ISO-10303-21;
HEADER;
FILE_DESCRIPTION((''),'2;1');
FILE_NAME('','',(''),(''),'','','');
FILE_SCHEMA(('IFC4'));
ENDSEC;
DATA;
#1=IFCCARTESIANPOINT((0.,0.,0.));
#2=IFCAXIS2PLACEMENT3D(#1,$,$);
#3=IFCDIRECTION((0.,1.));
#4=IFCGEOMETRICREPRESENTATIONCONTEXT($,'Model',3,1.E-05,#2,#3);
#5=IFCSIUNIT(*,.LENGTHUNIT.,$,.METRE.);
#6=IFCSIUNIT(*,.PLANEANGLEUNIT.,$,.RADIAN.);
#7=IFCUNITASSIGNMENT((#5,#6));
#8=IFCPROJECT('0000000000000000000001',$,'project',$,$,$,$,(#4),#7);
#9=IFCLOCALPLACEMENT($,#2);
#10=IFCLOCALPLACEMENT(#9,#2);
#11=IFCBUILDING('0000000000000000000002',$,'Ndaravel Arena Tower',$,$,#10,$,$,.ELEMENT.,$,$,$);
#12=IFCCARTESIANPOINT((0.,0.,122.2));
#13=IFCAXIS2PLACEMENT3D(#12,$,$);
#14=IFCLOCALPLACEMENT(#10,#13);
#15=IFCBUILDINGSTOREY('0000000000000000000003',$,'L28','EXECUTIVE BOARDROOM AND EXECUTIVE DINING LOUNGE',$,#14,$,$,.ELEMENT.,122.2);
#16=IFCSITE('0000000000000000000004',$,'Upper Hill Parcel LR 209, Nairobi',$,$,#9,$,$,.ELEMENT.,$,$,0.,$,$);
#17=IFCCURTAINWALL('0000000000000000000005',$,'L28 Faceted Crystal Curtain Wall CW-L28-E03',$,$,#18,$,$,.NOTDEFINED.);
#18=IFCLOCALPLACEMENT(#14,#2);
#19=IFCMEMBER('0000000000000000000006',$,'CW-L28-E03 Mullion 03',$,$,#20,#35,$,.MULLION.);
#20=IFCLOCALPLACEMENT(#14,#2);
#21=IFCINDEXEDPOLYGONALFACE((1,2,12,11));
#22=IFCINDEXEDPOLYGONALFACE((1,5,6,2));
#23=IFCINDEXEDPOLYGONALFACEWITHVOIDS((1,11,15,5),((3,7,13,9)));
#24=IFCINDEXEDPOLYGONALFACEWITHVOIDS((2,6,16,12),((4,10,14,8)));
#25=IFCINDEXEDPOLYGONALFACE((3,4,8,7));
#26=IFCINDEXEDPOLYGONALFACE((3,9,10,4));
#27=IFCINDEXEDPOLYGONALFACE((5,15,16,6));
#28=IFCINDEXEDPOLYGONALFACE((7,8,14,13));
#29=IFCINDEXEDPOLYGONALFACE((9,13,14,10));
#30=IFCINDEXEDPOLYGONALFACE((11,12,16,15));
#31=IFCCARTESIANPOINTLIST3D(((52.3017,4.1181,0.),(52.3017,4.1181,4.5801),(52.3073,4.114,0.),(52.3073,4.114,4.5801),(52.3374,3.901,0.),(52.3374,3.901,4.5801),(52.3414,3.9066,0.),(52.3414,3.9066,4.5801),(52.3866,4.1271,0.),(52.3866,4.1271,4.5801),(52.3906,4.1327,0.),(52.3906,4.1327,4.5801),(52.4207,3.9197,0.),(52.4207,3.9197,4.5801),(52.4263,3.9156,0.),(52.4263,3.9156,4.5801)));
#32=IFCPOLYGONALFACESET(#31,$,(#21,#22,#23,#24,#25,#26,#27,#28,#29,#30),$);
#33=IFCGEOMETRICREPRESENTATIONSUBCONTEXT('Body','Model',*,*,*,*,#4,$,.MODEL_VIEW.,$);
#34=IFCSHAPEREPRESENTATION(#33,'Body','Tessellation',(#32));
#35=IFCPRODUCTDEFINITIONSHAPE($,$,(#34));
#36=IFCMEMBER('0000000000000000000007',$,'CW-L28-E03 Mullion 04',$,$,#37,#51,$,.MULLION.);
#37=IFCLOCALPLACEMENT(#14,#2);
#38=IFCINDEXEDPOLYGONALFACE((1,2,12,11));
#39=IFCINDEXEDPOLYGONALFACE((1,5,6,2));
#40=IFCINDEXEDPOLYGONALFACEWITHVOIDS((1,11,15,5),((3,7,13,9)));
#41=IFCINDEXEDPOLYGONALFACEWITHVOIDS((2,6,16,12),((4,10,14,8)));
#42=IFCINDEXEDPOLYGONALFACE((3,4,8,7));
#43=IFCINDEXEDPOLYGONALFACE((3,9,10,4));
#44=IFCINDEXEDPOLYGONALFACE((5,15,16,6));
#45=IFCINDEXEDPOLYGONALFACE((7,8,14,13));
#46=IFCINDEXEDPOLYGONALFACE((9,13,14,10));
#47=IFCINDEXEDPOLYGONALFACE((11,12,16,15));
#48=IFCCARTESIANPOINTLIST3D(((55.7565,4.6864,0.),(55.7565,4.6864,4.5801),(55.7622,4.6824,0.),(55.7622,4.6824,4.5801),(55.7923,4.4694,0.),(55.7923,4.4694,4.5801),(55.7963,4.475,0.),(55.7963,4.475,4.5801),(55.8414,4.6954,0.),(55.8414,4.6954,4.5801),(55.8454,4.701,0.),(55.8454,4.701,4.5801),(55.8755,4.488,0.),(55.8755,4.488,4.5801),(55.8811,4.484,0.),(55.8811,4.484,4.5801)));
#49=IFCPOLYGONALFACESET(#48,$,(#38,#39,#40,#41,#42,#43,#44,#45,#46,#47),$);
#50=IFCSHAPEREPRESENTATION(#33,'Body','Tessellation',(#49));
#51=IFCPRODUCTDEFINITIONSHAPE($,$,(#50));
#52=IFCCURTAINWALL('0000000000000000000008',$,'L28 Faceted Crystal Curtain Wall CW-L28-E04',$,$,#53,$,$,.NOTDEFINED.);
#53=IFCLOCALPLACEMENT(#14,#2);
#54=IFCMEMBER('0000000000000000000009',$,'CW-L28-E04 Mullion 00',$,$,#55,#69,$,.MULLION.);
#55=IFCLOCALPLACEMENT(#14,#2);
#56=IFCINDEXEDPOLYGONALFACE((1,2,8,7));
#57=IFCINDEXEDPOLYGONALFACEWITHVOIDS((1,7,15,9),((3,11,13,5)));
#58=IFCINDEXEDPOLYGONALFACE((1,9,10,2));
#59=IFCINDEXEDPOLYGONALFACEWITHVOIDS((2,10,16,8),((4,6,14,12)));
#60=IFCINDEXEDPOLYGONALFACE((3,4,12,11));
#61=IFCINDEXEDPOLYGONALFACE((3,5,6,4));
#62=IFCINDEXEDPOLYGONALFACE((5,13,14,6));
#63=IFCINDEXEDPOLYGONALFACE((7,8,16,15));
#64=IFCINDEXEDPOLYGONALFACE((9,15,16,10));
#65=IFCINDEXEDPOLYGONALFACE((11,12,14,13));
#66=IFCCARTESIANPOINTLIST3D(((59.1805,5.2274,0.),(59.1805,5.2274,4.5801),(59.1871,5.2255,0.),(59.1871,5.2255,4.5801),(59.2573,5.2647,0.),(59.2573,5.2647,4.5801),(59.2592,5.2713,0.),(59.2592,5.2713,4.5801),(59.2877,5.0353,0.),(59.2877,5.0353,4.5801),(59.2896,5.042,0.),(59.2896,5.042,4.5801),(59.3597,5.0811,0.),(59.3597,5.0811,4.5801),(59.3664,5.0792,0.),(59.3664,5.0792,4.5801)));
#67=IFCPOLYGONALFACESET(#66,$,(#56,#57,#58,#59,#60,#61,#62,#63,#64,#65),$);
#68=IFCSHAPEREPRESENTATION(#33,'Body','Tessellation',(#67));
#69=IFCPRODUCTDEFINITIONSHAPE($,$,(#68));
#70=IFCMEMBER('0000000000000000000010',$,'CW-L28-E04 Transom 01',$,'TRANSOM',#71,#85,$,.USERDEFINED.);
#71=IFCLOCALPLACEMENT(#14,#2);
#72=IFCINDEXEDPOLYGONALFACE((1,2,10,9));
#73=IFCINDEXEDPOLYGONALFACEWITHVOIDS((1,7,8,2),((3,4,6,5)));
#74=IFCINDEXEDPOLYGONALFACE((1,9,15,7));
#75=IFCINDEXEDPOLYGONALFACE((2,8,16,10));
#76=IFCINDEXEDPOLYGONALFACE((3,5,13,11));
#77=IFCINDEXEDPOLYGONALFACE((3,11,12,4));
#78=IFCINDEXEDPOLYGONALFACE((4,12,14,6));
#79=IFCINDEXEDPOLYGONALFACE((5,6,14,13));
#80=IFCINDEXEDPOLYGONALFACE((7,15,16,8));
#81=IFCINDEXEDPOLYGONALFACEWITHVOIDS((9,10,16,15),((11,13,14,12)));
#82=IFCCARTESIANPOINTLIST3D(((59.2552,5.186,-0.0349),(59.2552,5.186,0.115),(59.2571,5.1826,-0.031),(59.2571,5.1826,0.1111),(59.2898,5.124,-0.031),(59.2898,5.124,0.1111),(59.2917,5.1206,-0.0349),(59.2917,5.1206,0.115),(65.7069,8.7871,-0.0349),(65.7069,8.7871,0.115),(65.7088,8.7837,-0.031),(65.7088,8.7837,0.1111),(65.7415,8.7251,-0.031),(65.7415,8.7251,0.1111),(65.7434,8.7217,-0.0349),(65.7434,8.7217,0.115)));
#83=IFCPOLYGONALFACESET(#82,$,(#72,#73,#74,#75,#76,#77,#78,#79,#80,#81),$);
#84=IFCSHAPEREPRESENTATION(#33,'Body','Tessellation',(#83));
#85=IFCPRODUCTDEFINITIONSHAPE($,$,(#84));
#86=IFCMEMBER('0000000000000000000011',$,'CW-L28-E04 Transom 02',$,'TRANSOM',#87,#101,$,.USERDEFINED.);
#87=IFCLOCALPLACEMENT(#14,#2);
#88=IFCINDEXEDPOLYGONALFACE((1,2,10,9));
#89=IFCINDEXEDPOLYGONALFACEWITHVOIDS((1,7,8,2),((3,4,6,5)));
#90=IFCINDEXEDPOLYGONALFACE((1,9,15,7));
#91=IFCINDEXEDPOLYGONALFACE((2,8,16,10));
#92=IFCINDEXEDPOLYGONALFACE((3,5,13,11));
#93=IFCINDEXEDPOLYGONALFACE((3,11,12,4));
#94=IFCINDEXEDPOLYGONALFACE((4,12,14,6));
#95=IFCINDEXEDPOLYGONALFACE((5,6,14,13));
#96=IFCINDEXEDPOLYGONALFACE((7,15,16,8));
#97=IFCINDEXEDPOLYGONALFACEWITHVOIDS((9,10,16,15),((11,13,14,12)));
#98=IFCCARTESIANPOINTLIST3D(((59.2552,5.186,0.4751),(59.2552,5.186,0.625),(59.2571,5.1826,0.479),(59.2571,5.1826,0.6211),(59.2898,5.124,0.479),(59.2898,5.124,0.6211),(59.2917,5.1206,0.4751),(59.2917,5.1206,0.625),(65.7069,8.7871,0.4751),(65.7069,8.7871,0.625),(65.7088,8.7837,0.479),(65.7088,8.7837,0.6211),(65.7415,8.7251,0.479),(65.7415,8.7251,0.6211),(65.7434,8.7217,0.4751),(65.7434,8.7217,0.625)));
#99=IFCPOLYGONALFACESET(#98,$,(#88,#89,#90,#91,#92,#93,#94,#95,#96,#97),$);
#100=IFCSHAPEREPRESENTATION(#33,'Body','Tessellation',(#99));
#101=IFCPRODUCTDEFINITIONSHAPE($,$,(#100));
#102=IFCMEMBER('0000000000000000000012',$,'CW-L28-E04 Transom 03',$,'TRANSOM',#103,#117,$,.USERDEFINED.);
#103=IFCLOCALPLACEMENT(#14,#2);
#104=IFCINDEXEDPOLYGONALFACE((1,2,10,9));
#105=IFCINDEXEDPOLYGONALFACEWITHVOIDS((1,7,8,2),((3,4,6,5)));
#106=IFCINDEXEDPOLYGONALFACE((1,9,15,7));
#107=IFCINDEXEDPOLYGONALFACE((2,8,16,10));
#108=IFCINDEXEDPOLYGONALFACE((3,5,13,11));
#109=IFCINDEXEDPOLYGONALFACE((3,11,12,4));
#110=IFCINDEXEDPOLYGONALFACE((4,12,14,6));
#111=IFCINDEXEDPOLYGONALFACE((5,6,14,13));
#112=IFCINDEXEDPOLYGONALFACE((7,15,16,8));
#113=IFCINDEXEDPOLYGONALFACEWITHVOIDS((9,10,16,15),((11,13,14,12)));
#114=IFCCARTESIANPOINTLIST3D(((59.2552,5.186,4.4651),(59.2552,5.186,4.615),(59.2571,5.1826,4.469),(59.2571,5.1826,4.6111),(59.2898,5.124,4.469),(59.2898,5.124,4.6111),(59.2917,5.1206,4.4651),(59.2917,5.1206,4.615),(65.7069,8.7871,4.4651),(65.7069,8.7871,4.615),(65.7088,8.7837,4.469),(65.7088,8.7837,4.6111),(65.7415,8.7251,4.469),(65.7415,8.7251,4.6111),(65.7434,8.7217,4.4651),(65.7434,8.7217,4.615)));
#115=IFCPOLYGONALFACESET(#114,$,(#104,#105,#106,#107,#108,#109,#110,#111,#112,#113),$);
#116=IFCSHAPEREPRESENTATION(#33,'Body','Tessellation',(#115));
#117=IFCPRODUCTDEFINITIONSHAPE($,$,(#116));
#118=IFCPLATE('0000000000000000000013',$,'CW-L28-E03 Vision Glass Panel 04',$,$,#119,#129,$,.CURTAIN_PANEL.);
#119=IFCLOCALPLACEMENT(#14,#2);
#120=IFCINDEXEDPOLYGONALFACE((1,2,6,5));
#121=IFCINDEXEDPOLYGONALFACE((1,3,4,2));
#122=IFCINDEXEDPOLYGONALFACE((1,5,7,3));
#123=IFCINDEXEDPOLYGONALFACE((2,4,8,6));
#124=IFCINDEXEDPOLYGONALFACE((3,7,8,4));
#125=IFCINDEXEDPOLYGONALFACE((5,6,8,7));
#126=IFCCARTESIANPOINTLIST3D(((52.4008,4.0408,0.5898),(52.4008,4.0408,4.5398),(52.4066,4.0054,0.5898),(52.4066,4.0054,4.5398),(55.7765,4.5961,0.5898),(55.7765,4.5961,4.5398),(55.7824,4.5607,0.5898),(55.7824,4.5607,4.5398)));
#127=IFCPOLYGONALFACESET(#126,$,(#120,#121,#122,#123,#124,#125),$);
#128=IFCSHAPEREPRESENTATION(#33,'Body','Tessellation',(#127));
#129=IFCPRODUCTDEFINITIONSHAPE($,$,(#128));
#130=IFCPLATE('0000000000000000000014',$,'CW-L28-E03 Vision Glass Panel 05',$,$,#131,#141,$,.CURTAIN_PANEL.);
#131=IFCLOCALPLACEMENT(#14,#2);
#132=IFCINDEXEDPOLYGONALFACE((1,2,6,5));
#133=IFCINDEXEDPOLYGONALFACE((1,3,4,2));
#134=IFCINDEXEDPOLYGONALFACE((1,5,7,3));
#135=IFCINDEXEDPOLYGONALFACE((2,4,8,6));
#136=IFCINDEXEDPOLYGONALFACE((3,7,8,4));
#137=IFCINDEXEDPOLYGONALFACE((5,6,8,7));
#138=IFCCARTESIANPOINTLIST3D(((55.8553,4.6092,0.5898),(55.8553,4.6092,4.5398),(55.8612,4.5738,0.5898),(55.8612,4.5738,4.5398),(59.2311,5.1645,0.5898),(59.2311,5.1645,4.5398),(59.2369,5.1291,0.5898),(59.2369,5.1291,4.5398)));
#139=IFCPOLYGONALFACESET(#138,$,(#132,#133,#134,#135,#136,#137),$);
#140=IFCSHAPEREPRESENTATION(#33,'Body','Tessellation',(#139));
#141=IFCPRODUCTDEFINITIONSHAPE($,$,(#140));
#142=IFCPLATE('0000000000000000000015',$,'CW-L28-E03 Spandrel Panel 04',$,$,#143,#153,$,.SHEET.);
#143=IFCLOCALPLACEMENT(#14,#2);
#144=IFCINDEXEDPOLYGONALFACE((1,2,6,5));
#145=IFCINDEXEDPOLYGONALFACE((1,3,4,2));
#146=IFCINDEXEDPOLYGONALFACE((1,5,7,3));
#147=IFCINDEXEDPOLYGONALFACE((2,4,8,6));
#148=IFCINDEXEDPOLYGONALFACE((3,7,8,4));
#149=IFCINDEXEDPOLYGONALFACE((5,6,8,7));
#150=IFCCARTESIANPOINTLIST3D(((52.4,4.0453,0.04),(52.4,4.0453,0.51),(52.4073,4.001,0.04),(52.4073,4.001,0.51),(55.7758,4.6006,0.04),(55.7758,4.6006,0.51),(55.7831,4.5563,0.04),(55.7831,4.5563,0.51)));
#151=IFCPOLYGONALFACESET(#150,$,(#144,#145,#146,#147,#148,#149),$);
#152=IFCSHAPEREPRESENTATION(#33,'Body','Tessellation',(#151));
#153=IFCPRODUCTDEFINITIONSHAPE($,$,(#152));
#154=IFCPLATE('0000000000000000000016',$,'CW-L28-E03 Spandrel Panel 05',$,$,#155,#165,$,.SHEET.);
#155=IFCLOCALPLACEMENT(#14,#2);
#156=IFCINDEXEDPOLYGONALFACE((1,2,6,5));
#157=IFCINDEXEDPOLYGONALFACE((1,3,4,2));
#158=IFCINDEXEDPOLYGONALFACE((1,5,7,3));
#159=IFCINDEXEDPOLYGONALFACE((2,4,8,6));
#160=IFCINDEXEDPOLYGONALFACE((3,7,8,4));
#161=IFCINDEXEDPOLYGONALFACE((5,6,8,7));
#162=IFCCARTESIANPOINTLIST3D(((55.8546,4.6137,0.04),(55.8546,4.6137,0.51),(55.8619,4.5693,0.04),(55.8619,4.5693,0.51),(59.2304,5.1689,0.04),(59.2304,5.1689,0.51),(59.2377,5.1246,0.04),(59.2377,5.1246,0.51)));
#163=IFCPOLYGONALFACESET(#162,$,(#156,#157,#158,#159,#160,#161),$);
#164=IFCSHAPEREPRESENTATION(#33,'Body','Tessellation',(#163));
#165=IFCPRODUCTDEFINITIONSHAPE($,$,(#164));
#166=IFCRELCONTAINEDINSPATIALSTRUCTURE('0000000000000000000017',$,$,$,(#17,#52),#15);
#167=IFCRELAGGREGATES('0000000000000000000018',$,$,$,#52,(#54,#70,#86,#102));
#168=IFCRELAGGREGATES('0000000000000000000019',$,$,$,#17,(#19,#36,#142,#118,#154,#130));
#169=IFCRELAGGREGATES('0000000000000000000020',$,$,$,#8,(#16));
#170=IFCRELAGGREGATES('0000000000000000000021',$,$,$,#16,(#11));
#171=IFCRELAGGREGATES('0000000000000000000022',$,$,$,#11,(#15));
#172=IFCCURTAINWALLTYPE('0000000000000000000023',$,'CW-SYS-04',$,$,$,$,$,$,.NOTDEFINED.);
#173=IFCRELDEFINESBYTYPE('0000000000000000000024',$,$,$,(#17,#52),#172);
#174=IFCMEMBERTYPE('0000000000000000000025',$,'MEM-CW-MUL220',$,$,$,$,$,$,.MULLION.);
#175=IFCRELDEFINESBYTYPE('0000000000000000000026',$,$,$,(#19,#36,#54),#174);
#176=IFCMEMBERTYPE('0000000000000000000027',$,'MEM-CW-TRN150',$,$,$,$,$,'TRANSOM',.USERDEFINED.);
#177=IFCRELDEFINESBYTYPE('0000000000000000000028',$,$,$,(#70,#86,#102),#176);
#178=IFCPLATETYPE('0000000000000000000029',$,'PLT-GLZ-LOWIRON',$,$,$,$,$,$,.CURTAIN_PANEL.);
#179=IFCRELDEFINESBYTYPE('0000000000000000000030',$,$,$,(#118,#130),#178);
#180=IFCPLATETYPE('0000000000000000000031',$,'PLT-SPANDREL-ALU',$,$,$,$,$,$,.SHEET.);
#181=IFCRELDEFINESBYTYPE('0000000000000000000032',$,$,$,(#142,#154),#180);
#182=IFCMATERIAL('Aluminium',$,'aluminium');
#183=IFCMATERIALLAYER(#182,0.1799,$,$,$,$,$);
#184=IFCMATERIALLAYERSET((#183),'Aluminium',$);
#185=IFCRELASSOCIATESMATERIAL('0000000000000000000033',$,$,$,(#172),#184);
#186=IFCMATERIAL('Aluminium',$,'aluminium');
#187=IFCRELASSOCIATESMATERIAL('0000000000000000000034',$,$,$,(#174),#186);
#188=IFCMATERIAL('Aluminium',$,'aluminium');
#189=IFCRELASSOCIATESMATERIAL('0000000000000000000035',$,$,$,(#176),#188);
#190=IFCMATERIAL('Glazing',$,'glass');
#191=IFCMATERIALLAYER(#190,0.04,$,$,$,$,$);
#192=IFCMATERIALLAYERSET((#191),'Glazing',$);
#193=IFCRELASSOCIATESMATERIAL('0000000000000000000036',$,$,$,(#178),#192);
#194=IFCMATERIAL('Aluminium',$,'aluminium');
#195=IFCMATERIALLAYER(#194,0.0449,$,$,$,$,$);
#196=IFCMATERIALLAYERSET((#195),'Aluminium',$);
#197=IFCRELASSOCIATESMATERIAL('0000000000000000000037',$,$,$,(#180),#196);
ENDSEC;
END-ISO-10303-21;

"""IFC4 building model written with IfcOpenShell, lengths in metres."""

from ifc_helpers import new_model, si_unit, direction, frame, origin, origin_2d, place, context, subcontext, project, spatial, rectangle, hollow_rectangle, extrude, material, layer, layer_set, material_profile, profile_set, type_object, element, aggregate, save


model = new_model("IFC4")

# Units and contexts
model_context = context("Model", 3, precision=1e-05, world=origin(), true_north=direction((0.0, 1.0)))
body_context = subcontext(model_context, "Body", "Model", "MODEL_VIEW")
ifc_project = project(units=[si_unit("LENGTHUNIT", "METRE"), si_unit("PLANEANGLEUNIT", "RADIAN")], contexts=[model_context])

# Site, building, storey
site_placement = place(None, origin())
site = spatial("IfcSite", under=ifc_project, at=site_placement, Name="Upper Hill Parcel LR 209, Nairobi", CompositionType="ELEMENT", RefElevation=0.0)
building_placement = place(site_placement, origin())
building = spatial("IfcBuilding", under=site, at=building_placement, Name="Ndaravel Arena Tower", CompositionType="ELEMENT")
storey_placement = place(building_placement, frame((0.0, 0.0, 122.2)))
storey = spatial("IfcBuildingStorey", under=building, at=storey_placement, Name="L28", Description="EXECUTIVE BOARDROOM AND EXECUTIVE DINING LOUNGE", CompositionType="ELEMENT", Elevation=122.2)

# Curtain walls, members
ifc_material_1 = material(Name="Aluminium", Category="aluminium")
ifc_layer_1 = layer(ifc_material_1, 0.1799)
ifc_layer_set_1 = layer_set([ifc_layer_1], Name="Aluminium")
curtain_wall_type = type_object("IfcCurtainWallType", Name="CW-SYS-04", PredefinedType="NOTDEFINED", material=ifc_layer_set_1)
curtain_wall_1_placement = place(storey_placement, origin())
curtain_wall_1 = element("IfcCurtainWall", 1, at=curtain_wall_1_placement, inside=storey, type_object=curtain_wall_type, Name="L28 Faceted Crystal Curtain Wall CW-L28-E03", PredefinedType="NOTDEFINED")
ifc_material_2 = material(Name="Aluminium", Category="aluminium")
ifc_material_profile_1 = material_profile(ifc_material_2, hollow_rectangle(XDim=0.0901, YDim=0.22, WallThickness=0.0049, at=origin_2d()), Name="CW MULLION 90x220x5")
ifc_profile_set_1 = profile_set([ifc_material_profile_1], Name="Aluminium")
member_type_1 = type_object("IfcMemberType", Name="MEM-CW-MUL220", PredefinedType="MULLION", material=ifc_profile_set_1)
member_1_placement = place(storey_placement, frame((52.364, 4.0168, 0.0), z_axis=(0.0, 0.0, 1.0), x_axis=(0.98674, 0.16231, 0.0)))
member_1 = element("IfcMember", 2, at=member_1_placement, type_object=member_type_1, Name="CW-L28-E03 Mullion 03", PredefinedType="MULLION", context=body_context, shape_type="SweptSolid", body=[
    extrude(hollow_rectangle(XDim=0.0901, YDim=0.22, WallThickness=0.0049, at=origin_2d()), origin(), (0.0, 0.0, 1.0), 4.5801),
])
member_2_placement = place(storey_placement, frame((55.8188, 4.5852, 0.0), z_axis=(0.0, 0.0, 1.0), x_axis=(0.98674, 0.16231, 0.0)))
member_2 = element("IfcMember", 3, at=member_2_placement, type_object=member_type_1, Name="CW-L28-E03 Mullion 04", PredefinedType="MULLION", context=body_context, shape_type="SweptSolid", body=[
    extrude(hollow_rectangle(XDim=0.0901, YDim=0.22, WallThickness=0.0049, at=origin_2d()), origin(), (0.0, 0.0, 1.0), 4.5801),
])
curtain_wall_2_placement = place(storey_placement, origin())
curtain_wall_2 = element("IfcCurtainWall", 4, at=curtain_wall_2_placement, inside=storey, type_object=curtain_wall_type, Name="L28 Faceted Crystal Curtain Wall CW-L28-E04", PredefinedType="NOTDEFINED")
member_3_placement = place(storey_placement, frame((59.2734, 5.1533, 0.0), z_axis=(0.0, 0.0, 1.0), x_axis=(0.873177, 0.487403, 0.0)))
member_3 = element("IfcMember", 5, at=member_3_placement, type_object=member_type_1, Name="CW-L28-E04 Mullion 00", PredefinedType="MULLION", context=body_context, shape_type="SweptSolid", body=[
    extrude(hollow_rectangle(XDim=0.0901, YDim=0.22, WallThickness=0.0049, at=origin_2d()), origin(), (0.0, 0.0, 1.0), 4.5801),
])
ifc_material_3 = material(Name="Aluminium", Category="aluminium")
ifc_material_profile_2 = material_profile(ifc_material_3, hollow_rectangle(XDim=0.075, YDim=0.1499, WallThickness=0.0039, at=origin_2d()), Name="CW TRANSOM 75x150x4")
ifc_profile_set_2 = profile_set([ifc_material_profile_2], Name="Aluminium")
member_type_2 = type_object("IfcMemberType", Name="MEM-CW-TRN150", ElementType="TRANSOM", PredefinedType="USERDEFINED", material=ifc_profile_set_2)
member_4_placement = place(storey_placement, frame((59.2734, 5.1533, 0.04), z_axis=(0.873189, 0.487381, 0.0), x_axis=(-0.487381, 0.873189, 0.0)))
member_4 = element("IfcMember", 6, at=member_4_placement, type_object=member_type_2, Name="CW-L28-E04 Transom 01", ObjectType="TRANSOM", PredefinedType="USERDEFINED", context=body_context, shape_type="SweptSolid", body=[
    extrude(hollow_rectangle(XDim=0.075, YDim=0.1499, WallThickness=0.0039, at=origin_2d()), origin(), (0.0, 0.0, 1.0), 7.3887),
])
member_5_placement = place(storey_placement, frame((59.2734, 5.1533, 0.55), z_axis=(0.873189, 0.487381, 0.0), x_axis=(-0.487381, 0.873189, 0.0)))
member_5 = element("IfcMember", 7, at=member_5_placement, type_object=member_type_2, Name="CW-L28-E04 Transom 02", ObjectType="TRANSOM", PredefinedType="USERDEFINED", context=body_context, shape_type="SweptSolid", body=[
    extrude(hollow_rectangle(XDim=0.075, YDim=0.1499, WallThickness=0.0039, at=origin_2d()), origin(), (0.0, 0.0, 1.0), 7.3887),
])
member_6_placement = place(storey_placement, frame((59.2734, 5.1533, 4.54), z_axis=(0.873189, 0.487381, 0.0), x_axis=(-0.487381, 0.873189, 0.0)))
member_6 = element("IfcMember", 8, at=member_6_placement, type_object=member_type_2, Name="CW-L28-E04 Transom 03", ObjectType="TRANSOM", PredefinedType="USERDEFINED", context=body_context, shape_type="SweptSolid", body=[
    extrude(hollow_rectangle(XDim=0.075, YDim=0.1499, WallThickness=0.0039, at=origin_2d()), origin(), (0.0, 0.0, 1.0), 7.3887),
])
aggregate(curtain_wall_2, [member_3, member_4, member_5, member_6])

# Plates
ifc_material_4 = material(Name="Glazing", Category="glass")
ifc_layer_2 = layer(ifc_material_4, 0.04)
ifc_layer_set_2 = layer_set([ifc_layer_2], Name="Glazing")
plate_type_1 = type_object("IfcPlateType", Name="PLT-GLZ-LOWIRON", PredefinedType="CURTAIN_PANEL", material=ifc_layer_set_2)
plate_1_placement = place(storey_placement, frame((54.0916, 4.3008, 0.5898), z_axis=(0.0, 0.0, 1.0), x_axis=(0.98674, 0.16231, 0.0)))
plate_1 = element("IfcPlate", 9, at=plate_1_placement, type_object=plate_type_1, Name="CW-L28-E03 Vision Glass Panel 04", PredefinedType="CURTAIN_PANEL", context=body_context, shape_type="SweptSolid", body=[
    extrude(rectangle(XDim=3.4211, YDim=0.0359, at=origin_2d()), origin(), (0.0, 0.0, 1.0), 3.95),
])
plate_2_placement = place(storey_placement, frame((57.5461, 4.8691, 0.5898), z_axis=(0.0, 0.0, 1.0), x_axis=(0.98674, 0.16231, 0.0)))
plate_2 = element("IfcPlate", 10, at=plate_2_placement, type_object=plate_type_1, Name="CW-L28-E03 Vision Glass Panel 05", PredefinedType="CURTAIN_PANEL", context=body_context, shape_type="SweptSolid", body=[
    extrude(rectangle(XDim=3.4211, YDim=0.0359, at=origin_2d()), origin(), (0.0, 0.0, 1.0), 3.95),
])
ifc_material_5 = material(Name="Aluminium", Category="aluminium")
ifc_layer_3 = layer(ifc_material_5, 0.0449)
ifc_layer_set_3 = layer_set([ifc_layer_3], Name="Aluminium")
plate_type_2 = type_object("IfcPlateType", Name="PLT-SPANDREL-ALU", PredefinedType="SHEET", material=ifc_layer_set_3)
plate_3_placement = place(storey_placement, frame((54.0916, 4.3008, 0.04), z_axis=(0.0, 0.0, 1.0), x_axis=(0.98674, 0.16231, 0.0)))
plate_3 = element("IfcPlate", 11, at=plate_3_placement, type_object=plate_type_2, Name="CW-L28-E03 Spandrel Panel 04", PredefinedType="SHEET", context=body_context, shape_type="SweptSolid", body=[
    extrude(rectangle(XDim=3.4211, YDim=0.0449, at=origin_2d()), origin(), (0.0, 0.0, 1.0), 0.47),
])
plate_4_placement = place(storey_placement, frame((57.5461, 4.8691, 0.04), z_axis=(0.0, 0.0, 1.0), x_axis=(0.98674, 0.16231, 0.0)))
plate_4 = element("IfcPlate", 12, at=plate_4_placement, type_object=plate_type_2, Name="CW-L28-E03 Spandrel Panel 05", PredefinedType="SHEET", context=body_context, shape_type="SweptSolid", body=[
    extrude(rectangle(XDim=3.4211, YDim=0.0449, at=origin_2d()), origin(), (0.0, 0.0, 1.0), 0.47),
])
aggregate(curtain_wall_1, [member_1, member_2, plate_3, plate_1, plate_4, plate_2])

save(model, "model.ifc")
